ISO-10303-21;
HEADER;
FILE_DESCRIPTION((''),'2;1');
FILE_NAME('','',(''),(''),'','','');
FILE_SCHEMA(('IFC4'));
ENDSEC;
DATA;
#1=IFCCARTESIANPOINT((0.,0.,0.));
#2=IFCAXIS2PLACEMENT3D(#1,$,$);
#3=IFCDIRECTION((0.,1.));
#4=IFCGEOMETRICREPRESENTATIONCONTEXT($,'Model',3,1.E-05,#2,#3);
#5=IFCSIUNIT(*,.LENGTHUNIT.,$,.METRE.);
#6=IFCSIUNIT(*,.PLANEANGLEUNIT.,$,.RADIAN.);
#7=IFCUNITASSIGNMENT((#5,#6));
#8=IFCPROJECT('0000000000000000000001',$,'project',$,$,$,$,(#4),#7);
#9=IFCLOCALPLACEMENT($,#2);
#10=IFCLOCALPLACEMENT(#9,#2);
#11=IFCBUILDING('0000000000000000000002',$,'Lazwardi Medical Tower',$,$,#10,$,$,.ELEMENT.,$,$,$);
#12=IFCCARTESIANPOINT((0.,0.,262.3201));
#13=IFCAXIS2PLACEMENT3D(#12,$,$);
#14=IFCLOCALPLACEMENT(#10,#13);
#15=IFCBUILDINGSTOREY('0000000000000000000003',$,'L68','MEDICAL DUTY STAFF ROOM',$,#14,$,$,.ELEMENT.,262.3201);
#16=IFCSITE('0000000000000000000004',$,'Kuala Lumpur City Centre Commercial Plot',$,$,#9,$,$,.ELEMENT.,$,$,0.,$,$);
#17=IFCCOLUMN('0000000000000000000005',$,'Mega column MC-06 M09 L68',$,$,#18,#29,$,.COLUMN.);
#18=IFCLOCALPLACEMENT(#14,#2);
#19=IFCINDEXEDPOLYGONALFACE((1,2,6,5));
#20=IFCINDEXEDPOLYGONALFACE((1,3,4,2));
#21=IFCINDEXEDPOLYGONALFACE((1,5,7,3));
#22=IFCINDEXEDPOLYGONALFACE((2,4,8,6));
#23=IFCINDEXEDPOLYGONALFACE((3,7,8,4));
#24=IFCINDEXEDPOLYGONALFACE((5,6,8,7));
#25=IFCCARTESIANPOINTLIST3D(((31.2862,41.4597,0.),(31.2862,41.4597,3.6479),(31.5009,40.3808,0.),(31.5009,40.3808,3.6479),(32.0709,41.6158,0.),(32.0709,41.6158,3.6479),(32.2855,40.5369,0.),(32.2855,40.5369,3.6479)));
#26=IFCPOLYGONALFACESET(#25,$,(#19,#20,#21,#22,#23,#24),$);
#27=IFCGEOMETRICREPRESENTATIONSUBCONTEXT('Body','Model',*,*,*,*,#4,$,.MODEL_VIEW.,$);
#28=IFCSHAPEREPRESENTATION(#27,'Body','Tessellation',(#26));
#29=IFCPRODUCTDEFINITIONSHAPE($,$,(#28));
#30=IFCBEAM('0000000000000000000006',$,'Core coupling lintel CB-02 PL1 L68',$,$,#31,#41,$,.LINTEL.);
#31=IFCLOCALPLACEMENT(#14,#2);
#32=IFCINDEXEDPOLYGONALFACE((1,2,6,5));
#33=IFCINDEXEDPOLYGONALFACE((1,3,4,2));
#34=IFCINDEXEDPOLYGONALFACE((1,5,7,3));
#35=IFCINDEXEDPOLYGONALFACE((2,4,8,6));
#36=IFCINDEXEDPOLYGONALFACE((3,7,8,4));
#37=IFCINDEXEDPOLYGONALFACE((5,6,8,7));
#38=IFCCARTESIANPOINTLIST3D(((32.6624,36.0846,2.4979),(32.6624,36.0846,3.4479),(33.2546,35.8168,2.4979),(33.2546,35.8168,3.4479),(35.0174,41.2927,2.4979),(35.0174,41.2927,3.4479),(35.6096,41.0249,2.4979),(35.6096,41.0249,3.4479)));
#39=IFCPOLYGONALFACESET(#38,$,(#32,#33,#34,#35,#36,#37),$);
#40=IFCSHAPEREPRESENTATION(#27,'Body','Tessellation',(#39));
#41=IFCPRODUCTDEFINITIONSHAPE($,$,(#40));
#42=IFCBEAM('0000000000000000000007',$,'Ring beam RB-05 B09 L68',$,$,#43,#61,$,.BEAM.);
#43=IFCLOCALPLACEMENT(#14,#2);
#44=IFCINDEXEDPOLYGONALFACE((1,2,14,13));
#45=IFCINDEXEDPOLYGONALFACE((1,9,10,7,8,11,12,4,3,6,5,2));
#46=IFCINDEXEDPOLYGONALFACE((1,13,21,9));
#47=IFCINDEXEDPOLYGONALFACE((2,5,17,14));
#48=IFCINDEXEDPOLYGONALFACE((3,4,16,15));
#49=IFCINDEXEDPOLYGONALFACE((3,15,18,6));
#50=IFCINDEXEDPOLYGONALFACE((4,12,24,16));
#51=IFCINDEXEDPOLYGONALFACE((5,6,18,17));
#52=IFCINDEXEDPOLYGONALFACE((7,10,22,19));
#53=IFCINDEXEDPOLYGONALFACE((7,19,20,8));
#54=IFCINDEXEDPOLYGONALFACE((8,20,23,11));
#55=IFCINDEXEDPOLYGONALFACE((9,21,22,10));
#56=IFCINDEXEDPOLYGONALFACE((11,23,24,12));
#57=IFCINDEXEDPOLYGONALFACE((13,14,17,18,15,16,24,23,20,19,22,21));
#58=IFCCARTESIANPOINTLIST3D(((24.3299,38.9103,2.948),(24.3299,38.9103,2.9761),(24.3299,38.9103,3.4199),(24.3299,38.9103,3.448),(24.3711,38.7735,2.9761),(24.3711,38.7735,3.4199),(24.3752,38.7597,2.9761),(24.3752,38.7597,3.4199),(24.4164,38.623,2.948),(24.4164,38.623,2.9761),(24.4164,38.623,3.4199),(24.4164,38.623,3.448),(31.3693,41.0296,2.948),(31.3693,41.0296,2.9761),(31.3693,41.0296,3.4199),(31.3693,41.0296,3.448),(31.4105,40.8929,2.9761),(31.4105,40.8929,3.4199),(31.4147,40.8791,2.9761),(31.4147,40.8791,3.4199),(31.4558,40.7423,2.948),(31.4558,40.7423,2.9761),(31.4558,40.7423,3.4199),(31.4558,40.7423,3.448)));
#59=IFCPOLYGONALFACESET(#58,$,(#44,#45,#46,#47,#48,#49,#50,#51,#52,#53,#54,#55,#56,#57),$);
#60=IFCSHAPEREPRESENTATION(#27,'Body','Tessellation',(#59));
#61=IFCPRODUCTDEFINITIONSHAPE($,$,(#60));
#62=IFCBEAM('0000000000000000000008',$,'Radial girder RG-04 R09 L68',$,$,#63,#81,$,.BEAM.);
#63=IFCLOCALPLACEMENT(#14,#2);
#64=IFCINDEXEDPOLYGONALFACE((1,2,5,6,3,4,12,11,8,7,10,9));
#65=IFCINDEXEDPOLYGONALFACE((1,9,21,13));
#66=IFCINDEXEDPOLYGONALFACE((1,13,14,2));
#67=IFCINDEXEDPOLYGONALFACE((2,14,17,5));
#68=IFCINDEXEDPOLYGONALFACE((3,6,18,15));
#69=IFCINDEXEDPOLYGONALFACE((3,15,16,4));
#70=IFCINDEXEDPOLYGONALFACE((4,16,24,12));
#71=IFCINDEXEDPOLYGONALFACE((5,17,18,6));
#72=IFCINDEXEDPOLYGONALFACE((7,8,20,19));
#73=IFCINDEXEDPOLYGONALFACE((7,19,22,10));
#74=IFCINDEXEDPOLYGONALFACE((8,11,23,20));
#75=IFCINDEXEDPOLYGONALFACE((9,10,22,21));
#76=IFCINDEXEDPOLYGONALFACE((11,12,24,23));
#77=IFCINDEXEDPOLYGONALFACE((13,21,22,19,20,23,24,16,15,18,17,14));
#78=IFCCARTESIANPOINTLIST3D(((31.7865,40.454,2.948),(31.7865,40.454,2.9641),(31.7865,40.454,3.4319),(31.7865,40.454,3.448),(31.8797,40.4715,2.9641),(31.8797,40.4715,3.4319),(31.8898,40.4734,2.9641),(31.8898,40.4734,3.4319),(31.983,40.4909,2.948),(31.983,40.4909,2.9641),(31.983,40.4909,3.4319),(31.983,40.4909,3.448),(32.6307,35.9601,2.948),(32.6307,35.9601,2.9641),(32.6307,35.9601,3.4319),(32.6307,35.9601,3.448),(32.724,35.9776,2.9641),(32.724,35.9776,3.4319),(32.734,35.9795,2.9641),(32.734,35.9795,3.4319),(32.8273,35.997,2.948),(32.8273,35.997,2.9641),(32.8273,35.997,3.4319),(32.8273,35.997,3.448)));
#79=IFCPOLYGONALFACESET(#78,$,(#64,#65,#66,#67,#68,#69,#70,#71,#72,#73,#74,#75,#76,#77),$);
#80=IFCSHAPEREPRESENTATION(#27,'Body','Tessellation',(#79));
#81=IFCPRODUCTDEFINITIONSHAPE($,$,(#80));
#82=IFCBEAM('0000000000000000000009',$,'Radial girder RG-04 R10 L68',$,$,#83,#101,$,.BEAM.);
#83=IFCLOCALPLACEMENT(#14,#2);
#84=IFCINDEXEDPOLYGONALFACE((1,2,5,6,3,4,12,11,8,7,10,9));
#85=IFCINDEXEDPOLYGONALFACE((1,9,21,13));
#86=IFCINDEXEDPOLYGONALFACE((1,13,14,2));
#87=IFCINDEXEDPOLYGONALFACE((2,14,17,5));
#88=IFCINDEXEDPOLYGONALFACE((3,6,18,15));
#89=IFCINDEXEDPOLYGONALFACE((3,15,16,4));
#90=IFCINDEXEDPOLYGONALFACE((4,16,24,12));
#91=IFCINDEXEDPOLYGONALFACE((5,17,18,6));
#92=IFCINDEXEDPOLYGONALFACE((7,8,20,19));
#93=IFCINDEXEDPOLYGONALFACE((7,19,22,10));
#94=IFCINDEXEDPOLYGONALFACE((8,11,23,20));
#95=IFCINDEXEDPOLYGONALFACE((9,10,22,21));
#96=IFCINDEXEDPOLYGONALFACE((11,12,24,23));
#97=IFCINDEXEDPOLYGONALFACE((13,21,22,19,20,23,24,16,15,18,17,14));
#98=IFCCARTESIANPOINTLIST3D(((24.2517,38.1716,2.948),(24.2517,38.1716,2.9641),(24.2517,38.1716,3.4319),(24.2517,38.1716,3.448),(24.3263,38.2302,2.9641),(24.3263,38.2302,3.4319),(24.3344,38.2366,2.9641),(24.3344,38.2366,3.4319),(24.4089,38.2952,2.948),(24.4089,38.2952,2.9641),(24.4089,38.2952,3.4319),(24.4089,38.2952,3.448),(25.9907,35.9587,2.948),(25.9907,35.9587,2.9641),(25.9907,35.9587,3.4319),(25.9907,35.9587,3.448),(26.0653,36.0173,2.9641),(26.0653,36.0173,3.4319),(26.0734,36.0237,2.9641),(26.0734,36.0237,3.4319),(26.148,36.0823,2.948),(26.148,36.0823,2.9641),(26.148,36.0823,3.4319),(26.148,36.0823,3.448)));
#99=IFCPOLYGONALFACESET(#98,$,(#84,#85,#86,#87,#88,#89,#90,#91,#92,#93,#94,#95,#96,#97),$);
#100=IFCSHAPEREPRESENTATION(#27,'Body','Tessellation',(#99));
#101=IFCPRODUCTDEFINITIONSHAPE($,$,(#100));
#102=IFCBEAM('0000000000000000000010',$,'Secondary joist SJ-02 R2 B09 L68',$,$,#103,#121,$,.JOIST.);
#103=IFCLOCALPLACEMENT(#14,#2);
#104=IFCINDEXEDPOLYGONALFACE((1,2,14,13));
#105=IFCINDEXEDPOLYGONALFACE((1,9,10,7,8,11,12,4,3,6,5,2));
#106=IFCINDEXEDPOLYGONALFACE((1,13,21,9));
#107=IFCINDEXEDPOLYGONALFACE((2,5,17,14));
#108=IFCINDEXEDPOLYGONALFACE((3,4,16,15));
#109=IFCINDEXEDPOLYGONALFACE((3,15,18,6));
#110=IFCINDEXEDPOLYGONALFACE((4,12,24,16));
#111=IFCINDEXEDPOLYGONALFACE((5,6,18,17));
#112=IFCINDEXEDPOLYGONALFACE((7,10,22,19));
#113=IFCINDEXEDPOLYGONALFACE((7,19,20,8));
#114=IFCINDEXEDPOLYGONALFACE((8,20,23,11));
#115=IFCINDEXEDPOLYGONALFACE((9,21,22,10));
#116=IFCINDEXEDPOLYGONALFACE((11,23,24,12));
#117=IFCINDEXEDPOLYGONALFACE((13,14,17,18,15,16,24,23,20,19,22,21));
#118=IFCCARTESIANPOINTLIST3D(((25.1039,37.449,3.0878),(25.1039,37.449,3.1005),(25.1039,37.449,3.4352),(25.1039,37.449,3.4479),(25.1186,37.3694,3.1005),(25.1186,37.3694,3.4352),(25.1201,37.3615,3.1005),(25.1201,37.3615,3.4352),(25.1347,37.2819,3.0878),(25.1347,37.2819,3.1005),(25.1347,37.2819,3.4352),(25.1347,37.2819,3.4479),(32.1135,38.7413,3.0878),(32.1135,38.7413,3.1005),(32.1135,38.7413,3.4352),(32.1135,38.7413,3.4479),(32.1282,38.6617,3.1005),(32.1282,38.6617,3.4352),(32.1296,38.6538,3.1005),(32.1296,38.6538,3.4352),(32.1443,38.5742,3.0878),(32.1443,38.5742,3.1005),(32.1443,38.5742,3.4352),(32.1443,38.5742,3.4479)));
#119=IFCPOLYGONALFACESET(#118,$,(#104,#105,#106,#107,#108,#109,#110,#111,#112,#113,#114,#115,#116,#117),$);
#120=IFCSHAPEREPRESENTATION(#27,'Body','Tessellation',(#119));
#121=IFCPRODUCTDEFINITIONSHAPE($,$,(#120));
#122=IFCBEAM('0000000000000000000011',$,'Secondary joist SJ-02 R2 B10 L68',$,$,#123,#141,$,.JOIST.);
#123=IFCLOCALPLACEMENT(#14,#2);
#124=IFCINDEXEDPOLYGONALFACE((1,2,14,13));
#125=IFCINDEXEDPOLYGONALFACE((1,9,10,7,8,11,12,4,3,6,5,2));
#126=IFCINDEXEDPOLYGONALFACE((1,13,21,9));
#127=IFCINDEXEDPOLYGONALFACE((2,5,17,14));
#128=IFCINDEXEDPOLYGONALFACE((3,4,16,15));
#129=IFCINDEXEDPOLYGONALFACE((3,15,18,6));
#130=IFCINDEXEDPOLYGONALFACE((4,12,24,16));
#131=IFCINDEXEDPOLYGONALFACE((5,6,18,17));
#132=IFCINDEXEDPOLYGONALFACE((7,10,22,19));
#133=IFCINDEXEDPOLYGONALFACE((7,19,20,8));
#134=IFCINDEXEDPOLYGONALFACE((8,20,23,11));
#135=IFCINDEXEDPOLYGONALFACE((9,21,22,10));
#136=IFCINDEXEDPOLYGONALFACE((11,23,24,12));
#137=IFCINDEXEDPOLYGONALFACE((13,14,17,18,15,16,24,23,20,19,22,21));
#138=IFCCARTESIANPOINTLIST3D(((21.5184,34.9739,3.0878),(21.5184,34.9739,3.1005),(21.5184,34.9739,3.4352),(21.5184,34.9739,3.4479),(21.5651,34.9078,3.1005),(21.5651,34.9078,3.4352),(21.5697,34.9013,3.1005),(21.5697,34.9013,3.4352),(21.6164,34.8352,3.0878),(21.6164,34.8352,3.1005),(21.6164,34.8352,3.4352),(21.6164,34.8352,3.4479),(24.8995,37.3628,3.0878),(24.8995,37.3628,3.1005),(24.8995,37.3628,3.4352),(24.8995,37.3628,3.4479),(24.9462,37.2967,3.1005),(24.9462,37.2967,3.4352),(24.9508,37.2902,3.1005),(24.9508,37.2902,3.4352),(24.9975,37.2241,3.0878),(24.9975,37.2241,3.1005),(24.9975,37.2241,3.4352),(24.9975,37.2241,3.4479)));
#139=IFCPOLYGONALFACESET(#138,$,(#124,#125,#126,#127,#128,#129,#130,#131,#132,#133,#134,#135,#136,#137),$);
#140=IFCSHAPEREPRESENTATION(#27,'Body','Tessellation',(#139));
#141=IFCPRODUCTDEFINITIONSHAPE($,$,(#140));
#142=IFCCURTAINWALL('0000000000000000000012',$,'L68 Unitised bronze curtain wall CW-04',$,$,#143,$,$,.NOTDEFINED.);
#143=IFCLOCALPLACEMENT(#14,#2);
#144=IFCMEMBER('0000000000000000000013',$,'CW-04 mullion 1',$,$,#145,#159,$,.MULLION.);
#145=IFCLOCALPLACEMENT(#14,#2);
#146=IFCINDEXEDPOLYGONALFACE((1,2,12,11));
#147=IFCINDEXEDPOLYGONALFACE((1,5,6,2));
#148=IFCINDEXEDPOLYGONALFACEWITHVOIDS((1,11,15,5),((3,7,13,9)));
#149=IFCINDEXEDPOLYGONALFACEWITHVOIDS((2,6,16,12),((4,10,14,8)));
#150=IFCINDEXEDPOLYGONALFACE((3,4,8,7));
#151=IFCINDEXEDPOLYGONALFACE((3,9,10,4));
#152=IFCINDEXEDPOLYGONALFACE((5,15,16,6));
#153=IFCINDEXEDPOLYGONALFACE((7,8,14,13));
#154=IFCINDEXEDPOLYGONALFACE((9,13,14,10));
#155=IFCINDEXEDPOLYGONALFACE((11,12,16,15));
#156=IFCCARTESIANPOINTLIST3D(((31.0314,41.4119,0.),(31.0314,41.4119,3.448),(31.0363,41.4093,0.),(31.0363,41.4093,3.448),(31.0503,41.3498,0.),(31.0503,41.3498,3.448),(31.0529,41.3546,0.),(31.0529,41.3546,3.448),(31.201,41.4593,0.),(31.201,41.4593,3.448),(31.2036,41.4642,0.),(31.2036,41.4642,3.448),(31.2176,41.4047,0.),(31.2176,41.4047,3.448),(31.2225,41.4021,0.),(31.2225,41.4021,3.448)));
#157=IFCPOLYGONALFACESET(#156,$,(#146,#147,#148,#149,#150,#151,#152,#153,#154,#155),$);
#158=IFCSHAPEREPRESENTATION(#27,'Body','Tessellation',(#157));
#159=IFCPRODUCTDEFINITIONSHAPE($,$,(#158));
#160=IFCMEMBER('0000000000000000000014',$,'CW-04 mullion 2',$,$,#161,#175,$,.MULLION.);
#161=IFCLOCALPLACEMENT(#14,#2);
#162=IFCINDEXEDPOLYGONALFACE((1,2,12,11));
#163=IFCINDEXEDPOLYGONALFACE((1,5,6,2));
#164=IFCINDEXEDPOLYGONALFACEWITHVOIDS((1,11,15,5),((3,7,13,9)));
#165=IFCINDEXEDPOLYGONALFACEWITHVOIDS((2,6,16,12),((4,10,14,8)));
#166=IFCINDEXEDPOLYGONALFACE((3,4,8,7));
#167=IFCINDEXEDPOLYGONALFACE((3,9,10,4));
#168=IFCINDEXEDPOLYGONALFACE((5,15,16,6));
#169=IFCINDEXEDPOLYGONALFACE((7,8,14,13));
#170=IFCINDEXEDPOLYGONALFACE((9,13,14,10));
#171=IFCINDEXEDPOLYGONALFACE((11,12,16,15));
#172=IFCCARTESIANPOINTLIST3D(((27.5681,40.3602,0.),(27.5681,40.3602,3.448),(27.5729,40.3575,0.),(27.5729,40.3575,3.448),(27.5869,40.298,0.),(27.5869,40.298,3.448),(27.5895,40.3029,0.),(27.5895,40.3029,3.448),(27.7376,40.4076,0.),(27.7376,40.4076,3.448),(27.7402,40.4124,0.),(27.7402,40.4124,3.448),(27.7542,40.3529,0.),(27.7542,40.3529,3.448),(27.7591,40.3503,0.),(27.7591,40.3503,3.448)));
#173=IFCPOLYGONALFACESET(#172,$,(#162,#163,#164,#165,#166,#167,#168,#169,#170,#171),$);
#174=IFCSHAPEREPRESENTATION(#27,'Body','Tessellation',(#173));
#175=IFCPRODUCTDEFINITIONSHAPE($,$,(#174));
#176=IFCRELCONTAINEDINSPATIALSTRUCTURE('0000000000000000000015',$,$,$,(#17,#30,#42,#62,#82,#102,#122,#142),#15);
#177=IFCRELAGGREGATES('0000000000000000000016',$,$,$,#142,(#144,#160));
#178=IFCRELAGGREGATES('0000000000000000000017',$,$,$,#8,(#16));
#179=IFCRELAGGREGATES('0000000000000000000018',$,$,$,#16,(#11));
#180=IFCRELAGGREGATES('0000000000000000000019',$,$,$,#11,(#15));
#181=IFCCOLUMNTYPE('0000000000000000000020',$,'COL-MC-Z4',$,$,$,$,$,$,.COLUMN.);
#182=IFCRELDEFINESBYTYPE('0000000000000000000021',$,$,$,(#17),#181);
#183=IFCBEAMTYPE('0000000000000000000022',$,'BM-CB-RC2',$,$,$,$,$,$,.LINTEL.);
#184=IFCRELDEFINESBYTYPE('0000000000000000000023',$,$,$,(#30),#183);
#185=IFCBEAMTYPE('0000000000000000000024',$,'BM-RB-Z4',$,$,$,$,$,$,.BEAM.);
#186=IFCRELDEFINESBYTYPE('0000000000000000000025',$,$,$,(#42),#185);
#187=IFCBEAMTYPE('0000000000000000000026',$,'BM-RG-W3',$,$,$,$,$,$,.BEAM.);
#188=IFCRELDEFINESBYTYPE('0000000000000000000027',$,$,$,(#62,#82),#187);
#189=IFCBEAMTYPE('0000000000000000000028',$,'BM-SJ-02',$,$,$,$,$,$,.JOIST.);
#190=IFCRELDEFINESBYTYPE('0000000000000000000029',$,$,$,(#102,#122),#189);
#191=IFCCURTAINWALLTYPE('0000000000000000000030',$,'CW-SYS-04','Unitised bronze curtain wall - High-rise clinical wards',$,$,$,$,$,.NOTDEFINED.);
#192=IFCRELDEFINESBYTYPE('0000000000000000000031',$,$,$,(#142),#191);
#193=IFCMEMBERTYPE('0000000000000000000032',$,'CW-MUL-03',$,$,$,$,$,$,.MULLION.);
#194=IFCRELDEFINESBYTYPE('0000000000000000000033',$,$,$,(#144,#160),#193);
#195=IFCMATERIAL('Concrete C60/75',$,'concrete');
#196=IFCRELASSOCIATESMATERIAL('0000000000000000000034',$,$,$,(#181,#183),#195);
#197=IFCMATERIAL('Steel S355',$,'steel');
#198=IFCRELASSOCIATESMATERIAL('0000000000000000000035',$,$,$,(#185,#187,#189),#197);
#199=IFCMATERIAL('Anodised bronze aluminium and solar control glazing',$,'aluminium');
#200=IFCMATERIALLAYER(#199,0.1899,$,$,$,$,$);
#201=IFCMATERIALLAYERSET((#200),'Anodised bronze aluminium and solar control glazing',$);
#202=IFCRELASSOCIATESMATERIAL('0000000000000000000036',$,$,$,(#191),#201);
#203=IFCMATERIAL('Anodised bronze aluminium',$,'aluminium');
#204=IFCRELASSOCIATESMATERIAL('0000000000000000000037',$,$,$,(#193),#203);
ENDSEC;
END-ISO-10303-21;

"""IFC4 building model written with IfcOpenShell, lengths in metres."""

from ifc_helpers import new_model, si_unit, direction, frame, origin, origin_2d, place, context, subcontext, project, spatial, rectangle, hollow_rectangle, i_section, extrude, material, layer, layer_set, material_profile, profile_set, type_object, element, aggregate, save


model = new_model("IFC4")

# Units and contexts
model_context = context("Model", 3, precision=1e-05, world=origin(), true_north=direction((0.0, 1.0)))
body_context = subcontext(model_context, "Body", "Model", "MODEL_VIEW")
ifc_project = project(units=[si_unit("LENGTHUNIT", "METRE"), si_unit("PLANEANGLEUNIT", "RADIAN")], contexts=[model_context])

# Site, building, storey
site_placement = place(None, origin())
site = spatial("IfcSite", under=ifc_project, at=site_placement, Name="Kuala Lumpur City Centre Commercial Plot", CompositionType="ELEMENT", RefElevation=0.0)
building_placement = place(site_placement, origin())
building = spatial("IfcBuilding", under=site, at=building_placement, Name="Lazwardi Medical Tower", CompositionType="ELEMENT")
storey_placement = place(building_placement, frame((0.0, 0.0, 262.3201)))
storey = spatial("IfcBuildingStorey", under=building, at=storey_placement, Name="L68", Description="MEDICAL DUTY STAFF ROOM", CompositionType="ELEMENT", Elevation=262.3201)

# Column
ifc_material_1 = material(Name="Concrete C60/75", Category="concrete")
ifc_material_profile_1 = material_profile(ifc_material_1, rectangle(XDim=1.1001, YDim=0.8, at=origin_2d()), Name="CFT-RECT 1100x800")
ifc_profile_set_1 = profile_set([ifc_material_profile_1], Name="Concrete C60/75")
column_type = type_object("IfcColumnType", Name="COL-MC-Z4", PredefinedType="COLUMN", material=ifc_profile_set_1)
column_placement = place(storey_placement, frame((31.7859, 40.9983, 0.0), z_axis=(0.0, 0.0, 1.0), x_axis=(-0.19509, 0.980785, 0.0)))
element("IfcColumn", 1, at=column_placement, inside=storey, type_object=column_type, Name="Mega column MC-06 M09 L68", PredefinedType="COLUMN", context=body_context, shape_type="SweptSolid", body=[
    extrude(rectangle(XDim=1.1001, YDim=0.8, at=origin_2d()), origin(), (0.0, 0.0, 1.0), 3.6479),
])

# Beams
ifc_material_profile_2 = material_profile(ifc_material_1, rectangle(XDim=0.6499, YDim=0.95, at=origin_2d()), Name="RC 650x950")
ifc_profile_set_2 = profile_set([ifc_material_profile_2], Name="Concrete C60/75")
beam_type_1 = type_object("IfcBeamType", Name="BM-CB-RC2", PredefinedType="LINTEL", material=ifc_profile_set_2)
beam_1_placement = place(storey_placement, frame((32.9585, 35.9507, 2.9729), z_axis=(0.412019, 0.911175, 0.0), x_axis=(-0.911175, 0.412019, 0.0)))
element("IfcBeam", 2, at=beam_1_placement, inside=storey, type_object=beam_type_1, Name="Core coupling lintel CB-02 PL1 L68", PredefinedType="LINTEL", context=body_context, shape_type="SweptSolid", body=[
    extrude(rectangle(XDim=0.6499, YDim=0.95, at=origin_2d()), origin(), (0.0, 0.0, 1.0), 5.7158),
])
ifc_material_2 = material(Name="Steel S355", Category="steel")
ifc_material_profile_3 = material_profile(ifc_material_2, i_section(OverallWidth=0.3, OverallDepth=0.5, WebThickness=0.0144, FlangeThickness=0.0281, at=origin_2d()), Name="HEB 500")
ifc_profile_set_3 = profile_set([ifc_material_profile_3], Name="Steel S355")
beam_type_2 = type_object("IfcBeamType", Name="BM-RB-Z4", PredefinedType="BEAM", material=ifc_profile_set_3)
beam_2_placement = place(storey_placement, frame((31.4126, 40.886, 3.198), z_axis=(-0.957544, -0.288286, 0.0), x_axis=(0.288286, -0.957544, 0.0)))
element("IfcBeam", 3, at=beam_2_placement, inside=storey, type_object=beam_type_2, Name="Ring beam RB-05 B09 L68", PredefinedType="BEAM", context=body_context, shape_type="SweptSolid", body=[
    extrude(i_section(OverallWidth=0.3, OverallDepth=0.5, WebThickness=0.0144, FlangeThickness=0.0281, at=origin_2d()), origin(), (0.0, 0.0, 1.0), 7.3516),
])
ifc_material_profile_4 = material_profile(ifc_material_2, i_section(OverallWidth=0.2, OverallDepth=0.5, WebThickness=0.0103, FlangeThickness=0.0161, at=origin_2d()), Name="IPE 500")
ifc_profile_set_4 = profile_set([ifc_material_profile_4], Name="Steel S355")
beam_type_3 = type_object("IfcBeamType", Name="BM-RG-W3", PredefinedType="BEAM", material=ifc_profile_set_4)
beam_3_placement = place(storey_placement, frame((31.8848, 40.4724, 3.198), z_axis=(0.184633, -0.982807, 0.0), x_axis=(0.982807, 0.184633, 0.0)))
element("IfcBeam", 4, at=beam_3_placement, inside=storey, type_object=beam_type_3, Name="Radial girder RG-04 R09 L68", PredefinedType="BEAM", context=body_context, shape_type="SweptSolid", body=[
    extrude(i_section(OverallWidth=0.2, OverallDepth=0.5, WebThickness=0.0103, FlangeThickness=0.0161, at=origin_2d()), origin(), (0.0, 0.0, 1.0), 4.5725),
])
beam_4_placement = place(storey_placement, frame((24.3303, 38.2334, 3.198), z_axis=(0.617891, -0.786264, 0.0), x_axis=(0.786264, 0.617891, 0.0)))
element("IfcBeam", 5, at=beam_4_placement, inside=storey, type_object=beam_type_3, Name="Radial girder RG-04 R10 L68", PredefinedType="BEAM", context=body_context, shape_type="SweptSolid", body=[
    extrude(i_section(OverallWidth=0.2, OverallDepth=0.5, WebThickness=0.0103, FlangeThickness=0.0161, at=origin_2d()), origin(), (0.0, 0.0, 1.0), 2.8145),
])
ifc_material_profile_5 = material_profile(ifc_material_2, i_section(OverallWidth=0.1699, OverallDepth=0.3601, WebThickness=0.0081, FlangeThickness=0.0127, at=origin_2d()), Name="IPE 360")
ifc_profile_set_5 = profile_set([ifc_material_profile_5], Name="Steel S355")
beam_type_4 = type_object("IfcBeamType", Name="BM-SJ-02", PredefinedType="JOIST", material=ifc_profile_set_5)
beam_5_placement = place(storey_placement, frame((32.1289, 38.6577, 3.2678), z_axis=(-0.983428, -0.181299, 0.0), x_axis=(0.181299, -0.983428, 0.0)))
element("IfcBeam", 6, at=beam_5_placement, inside=storey, type_object=beam_type_4, Name="Secondary joist SJ-02 R2 B09 L68", PredefinedType="JOIST", context=body_context, shape_type="SweptSolid", body=[
    extrude(i_section(OverallWidth=0.1699, OverallDepth=0.3601, WebThickness=0.0081, FlangeThickness=0.0127, at=origin_2d()), origin(), (0.0, 0.0, 1.0), 7.1277),
])
beam_6_placement = place(storey_placement, frame((24.9485, 37.2935, 3.2678), z_axis=(-0.816711, -0.577047, 0.0), x_axis=(0.577047, -0.816711, 0.0)))
element("IfcBeam", 7, at=beam_6_placement, inside=storey, type_object=beam_type_4, Name="Secondary joist SJ-02 R2 B10 L68", PredefinedType="JOIST", context=body_context, shape_type="SweptSolid", body=[
    extrude(i_section(OverallWidth=0.1699, OverallDepth=0.3601, WebThickness=0.0081, FlangeThickness=0.0127, at=origin_2d()), origin(), (0.0, 0.0, 1.0), 4.1399),
])

# Curtain wall, members
ifc_material_3 = material(Name="Anodised bronze aluminium and solar control glazing", Category="aluminium")
ifc_layer_1 = layer(ifc_material_3, 0.1899)
ifc_layer_set_1 = layer_set([ifc_layer_1], Name="Anodised bronze aluminium and solar control glazing")
curtain_wall_type = type_object("IfcCurtainWallType", Name="CW-SYS-04", Description="Unitised bronze curtain wall - High-rise clinical wards", PredefinedType="NOTDEFINED", material=ifc_layer_set_1)
curtain_wall_placement = place(storey_placement, origin())
curtain_wall = element("IfcCurtainWall", 8, at=curtain_wall_placement, inside=storey, type_object=curtain_wall_type, Name="L68 Unitised bronze curtain wall CW-04", PredefinedType="NOTDEFINED")
ifc_material_4 = material(Name="Anodised bronze aluminium", Category="aluminium")
ifc_material_profile_6 = material_profile(ifc_material_4, hollow_rectangle(XDim=0.0649, YDim=0.1799, WallThickness=0.0039, at=origin_2d()), Name="ALU-MULLION 180x65x4")
ifc_profile_set_6 = profile_set([ifc_material_profile_6], Name="Anodised bronze aluminium")
member_type_1 = type_object("IfcMemberType", Name="CW-MUL-03", PredefinedType="MULLION", material=ifc_profile_set_6)
member_1_placement = place(storey_placement, frame((31.127, 41.407, 0.0), z_axis=(0.0, 0.0, 1.0), x_axis=(0.290582, -0.95685, 0.0)))
member_1 = element("IfcMember", 9, at=member_1_placement, type_object=member_type_1, Name="CW-04 mullion 1", PredefinedType="MULLION", context=body_context, shape_type="SweptSolid", body=[
    extrude(hollow_rectangle(XDim=0.0649, YDim=0.1799, WallThickness=0.0039, at=origin_2d()), origin(), (0.0, 0.0, 1.0), 3.448),
])
member_2_placement = place(storey_placement, frame((27.6636, 40.3552, 0.0), z_axis=(0.0, 0.0, 1.0), x_axis=(0.290582, -0.95685, 0.0)))
member_2 = element("IfcMember", 10, at=member_2_placement, type_object=member_type_1, Name="CW-04 mullion 2", PredefinedType="MULLION", context=body_context, shape_type="SweptSolid", body=[
    extrude(hollow_rectangle(XDim=0.0649, YDim=0.1799, WallThickness=0.0039, at=origin_2d()), origin(), (0.0, 0.0, 1.0), 3.448),
])
aggregate(curtain_wall, [member_1, member_2])

save(model, "model.ifc")
